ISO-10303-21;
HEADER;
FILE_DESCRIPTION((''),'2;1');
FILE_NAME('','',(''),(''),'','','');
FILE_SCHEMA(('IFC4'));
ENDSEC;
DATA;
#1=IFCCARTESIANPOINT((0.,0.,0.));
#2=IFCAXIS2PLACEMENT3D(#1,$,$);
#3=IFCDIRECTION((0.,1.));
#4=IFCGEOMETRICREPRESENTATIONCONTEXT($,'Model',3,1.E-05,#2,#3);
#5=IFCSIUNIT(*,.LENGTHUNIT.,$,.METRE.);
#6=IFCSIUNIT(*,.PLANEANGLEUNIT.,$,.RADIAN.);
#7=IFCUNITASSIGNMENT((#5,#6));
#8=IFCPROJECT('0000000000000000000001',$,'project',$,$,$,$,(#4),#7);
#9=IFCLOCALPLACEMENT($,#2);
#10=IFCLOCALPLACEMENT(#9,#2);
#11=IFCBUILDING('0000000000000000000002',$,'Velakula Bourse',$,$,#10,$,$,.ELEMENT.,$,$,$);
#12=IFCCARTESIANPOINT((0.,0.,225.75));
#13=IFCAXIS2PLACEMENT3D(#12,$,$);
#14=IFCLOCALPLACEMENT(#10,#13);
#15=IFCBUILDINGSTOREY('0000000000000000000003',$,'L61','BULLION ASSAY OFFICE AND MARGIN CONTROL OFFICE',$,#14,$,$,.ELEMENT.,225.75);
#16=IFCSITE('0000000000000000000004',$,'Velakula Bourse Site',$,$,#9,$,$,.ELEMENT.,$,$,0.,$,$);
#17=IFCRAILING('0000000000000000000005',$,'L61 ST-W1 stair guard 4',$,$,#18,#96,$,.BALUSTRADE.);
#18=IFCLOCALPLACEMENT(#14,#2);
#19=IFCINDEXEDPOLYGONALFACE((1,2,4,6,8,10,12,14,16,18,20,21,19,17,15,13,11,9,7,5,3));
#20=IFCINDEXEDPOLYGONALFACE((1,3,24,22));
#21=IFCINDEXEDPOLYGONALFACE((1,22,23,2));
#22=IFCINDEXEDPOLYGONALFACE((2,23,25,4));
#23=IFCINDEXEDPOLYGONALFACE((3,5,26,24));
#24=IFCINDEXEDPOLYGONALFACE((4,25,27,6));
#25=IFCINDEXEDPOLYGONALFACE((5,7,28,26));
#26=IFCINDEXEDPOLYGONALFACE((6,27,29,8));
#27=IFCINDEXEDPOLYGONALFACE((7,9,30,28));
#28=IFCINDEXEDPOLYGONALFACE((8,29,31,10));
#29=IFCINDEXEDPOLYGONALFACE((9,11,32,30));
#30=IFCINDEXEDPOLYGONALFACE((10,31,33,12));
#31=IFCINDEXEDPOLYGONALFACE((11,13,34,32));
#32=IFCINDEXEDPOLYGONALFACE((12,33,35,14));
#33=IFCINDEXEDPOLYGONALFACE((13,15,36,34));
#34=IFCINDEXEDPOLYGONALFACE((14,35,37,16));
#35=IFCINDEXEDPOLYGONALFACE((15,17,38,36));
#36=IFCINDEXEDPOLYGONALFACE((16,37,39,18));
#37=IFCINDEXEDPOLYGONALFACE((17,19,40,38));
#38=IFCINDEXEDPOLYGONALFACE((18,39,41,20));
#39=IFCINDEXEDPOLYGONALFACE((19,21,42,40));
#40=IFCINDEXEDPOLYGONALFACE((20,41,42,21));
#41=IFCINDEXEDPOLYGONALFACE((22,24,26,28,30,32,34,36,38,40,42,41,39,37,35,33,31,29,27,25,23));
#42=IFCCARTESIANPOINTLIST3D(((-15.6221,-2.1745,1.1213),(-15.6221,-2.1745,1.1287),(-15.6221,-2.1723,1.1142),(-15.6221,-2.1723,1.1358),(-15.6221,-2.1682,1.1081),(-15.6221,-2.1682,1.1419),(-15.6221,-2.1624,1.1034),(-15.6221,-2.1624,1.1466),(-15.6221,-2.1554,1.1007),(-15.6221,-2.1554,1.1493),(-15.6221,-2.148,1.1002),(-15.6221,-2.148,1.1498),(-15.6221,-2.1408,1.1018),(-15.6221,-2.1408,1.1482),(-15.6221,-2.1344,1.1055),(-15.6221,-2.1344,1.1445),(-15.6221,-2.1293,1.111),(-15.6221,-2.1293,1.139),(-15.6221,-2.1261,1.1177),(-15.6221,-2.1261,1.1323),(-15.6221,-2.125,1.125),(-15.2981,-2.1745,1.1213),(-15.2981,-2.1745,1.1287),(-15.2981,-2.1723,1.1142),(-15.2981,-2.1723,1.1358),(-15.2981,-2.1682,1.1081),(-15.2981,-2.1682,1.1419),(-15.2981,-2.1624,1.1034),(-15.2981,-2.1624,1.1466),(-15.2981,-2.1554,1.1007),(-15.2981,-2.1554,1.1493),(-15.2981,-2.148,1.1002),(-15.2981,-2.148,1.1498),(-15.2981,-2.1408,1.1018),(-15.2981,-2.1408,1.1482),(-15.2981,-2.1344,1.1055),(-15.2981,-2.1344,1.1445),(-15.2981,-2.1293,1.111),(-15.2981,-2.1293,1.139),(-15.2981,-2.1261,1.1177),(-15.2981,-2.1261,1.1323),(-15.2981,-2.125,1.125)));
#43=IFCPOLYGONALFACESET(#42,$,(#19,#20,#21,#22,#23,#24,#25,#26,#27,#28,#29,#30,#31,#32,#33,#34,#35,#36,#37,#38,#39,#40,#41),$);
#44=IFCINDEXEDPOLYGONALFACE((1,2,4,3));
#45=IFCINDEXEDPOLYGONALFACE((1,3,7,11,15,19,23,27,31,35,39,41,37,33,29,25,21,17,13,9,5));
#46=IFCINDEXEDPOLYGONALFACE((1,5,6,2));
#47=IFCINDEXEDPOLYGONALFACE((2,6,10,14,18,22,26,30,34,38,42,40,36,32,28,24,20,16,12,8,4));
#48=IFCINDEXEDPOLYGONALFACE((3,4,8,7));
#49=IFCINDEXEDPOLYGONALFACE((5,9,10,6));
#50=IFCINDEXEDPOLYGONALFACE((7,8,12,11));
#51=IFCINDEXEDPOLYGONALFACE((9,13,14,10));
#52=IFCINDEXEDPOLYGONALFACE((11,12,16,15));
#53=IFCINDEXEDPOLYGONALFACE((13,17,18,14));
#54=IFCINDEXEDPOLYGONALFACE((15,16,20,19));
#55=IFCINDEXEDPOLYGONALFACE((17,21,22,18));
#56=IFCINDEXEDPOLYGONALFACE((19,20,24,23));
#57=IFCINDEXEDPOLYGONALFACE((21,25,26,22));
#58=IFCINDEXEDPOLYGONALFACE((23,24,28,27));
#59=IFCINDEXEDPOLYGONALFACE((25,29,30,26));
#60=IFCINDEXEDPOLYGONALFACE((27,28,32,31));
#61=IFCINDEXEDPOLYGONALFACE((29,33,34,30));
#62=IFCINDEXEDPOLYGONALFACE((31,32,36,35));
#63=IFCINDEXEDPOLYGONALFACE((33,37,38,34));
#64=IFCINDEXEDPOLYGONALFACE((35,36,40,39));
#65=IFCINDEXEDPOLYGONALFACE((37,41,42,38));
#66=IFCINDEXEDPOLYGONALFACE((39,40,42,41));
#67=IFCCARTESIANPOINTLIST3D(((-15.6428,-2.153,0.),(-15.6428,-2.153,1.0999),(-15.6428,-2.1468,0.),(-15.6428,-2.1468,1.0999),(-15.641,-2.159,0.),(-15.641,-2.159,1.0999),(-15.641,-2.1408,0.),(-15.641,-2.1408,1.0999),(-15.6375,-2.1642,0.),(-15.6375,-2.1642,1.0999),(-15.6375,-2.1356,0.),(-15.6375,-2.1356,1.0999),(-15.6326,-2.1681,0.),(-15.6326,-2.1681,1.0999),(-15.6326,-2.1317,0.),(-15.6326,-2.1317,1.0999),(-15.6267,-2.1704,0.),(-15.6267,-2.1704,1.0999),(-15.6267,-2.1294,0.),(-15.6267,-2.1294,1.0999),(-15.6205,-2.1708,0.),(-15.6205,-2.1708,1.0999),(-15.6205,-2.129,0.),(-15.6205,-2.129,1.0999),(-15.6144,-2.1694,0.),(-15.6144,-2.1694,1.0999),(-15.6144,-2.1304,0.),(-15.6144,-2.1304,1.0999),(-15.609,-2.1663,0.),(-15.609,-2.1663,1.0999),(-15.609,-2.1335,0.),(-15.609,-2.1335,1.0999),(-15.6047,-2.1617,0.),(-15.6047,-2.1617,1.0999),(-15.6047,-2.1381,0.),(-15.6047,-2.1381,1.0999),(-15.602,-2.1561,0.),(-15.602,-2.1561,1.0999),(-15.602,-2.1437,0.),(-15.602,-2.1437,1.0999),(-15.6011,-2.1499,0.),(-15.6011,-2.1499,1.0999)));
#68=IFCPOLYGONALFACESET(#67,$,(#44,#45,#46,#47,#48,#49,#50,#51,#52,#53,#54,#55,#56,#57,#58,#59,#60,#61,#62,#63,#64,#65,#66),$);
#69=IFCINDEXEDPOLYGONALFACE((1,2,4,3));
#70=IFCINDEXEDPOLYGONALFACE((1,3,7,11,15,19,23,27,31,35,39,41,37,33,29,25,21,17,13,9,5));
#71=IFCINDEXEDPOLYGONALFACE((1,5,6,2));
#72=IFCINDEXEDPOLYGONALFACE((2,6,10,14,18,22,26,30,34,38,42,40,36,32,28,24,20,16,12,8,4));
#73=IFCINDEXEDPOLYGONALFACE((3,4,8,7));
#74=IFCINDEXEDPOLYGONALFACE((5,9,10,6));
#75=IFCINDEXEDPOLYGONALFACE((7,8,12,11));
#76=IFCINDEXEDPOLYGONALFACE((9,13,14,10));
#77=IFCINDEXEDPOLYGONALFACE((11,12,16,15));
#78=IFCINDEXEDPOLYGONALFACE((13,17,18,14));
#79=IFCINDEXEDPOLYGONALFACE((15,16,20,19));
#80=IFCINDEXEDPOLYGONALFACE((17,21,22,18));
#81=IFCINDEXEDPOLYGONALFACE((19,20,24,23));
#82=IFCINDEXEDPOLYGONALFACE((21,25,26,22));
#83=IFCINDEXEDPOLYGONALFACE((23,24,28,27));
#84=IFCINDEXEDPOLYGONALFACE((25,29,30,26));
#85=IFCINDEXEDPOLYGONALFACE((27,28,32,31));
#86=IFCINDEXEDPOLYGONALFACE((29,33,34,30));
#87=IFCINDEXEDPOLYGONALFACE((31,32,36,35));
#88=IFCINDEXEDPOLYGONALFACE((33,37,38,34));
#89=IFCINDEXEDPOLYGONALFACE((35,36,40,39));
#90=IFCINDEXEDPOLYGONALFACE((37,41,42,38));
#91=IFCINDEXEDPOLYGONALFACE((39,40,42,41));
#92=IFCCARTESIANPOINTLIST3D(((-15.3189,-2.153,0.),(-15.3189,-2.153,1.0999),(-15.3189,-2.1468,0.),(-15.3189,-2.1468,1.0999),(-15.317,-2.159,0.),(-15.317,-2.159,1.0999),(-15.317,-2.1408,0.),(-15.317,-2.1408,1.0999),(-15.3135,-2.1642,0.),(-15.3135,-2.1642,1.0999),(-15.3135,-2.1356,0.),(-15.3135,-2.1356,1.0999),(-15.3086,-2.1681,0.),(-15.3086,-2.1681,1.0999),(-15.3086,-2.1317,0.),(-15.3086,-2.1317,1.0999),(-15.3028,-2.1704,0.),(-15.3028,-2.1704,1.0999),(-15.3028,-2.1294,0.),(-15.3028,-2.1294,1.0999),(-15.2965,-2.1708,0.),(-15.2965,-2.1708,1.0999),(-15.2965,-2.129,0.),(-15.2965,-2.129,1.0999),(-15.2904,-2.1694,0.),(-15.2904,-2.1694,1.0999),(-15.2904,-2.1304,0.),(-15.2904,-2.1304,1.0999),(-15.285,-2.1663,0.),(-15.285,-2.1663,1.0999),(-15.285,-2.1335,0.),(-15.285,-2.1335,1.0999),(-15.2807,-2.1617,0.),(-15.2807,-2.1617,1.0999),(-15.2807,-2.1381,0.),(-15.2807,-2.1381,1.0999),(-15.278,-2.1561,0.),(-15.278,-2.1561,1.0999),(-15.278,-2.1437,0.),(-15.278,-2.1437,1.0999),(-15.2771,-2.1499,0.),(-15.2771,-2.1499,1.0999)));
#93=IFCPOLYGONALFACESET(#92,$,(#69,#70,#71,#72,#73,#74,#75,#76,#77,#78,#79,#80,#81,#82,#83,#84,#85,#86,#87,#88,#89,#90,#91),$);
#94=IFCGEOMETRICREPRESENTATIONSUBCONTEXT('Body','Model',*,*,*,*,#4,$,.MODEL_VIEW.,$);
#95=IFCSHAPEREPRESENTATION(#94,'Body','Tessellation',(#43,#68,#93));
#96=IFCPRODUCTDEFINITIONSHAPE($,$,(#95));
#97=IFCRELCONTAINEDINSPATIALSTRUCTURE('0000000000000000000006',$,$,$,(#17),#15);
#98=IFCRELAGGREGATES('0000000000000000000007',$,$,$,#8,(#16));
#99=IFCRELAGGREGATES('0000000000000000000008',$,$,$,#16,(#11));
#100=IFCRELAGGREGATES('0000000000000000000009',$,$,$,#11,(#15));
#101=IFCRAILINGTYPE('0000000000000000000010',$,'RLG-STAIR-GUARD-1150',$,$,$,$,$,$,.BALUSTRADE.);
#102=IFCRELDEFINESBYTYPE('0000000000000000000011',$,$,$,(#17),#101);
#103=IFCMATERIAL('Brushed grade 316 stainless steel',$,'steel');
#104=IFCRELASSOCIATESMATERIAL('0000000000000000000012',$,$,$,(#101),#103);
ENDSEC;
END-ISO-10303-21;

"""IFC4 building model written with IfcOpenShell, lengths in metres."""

from ifc_helpers import new_model, si_unit, direction, frame, origin, origin_2d, place, context, subcontext, project, spatial, circle, extrude, material, type_object, element, save


model = new_model("IFC4")

# Units and contexts
model_context = context("Model", 3, precision=1e-05, world=origin(), true_north=direction((0.0, 1.0)))
body_context = subcontext(model_context, "Body", "Model", "MODEL_VIEW")
ifc_project = project(units=[si_unit("LENGTHUNIT", "METRE"), si_unit("PLANEANGLEUNIT", "RADIAN")], contexts=[model_context])

# Site, building, storey
site_placement = place(None, origin())
site = spatial("IfcSite", under=ifc_project, at=site_placement, Name="Velakula Bourse Site", CompositionType="ELEMENT", RefElevation=0.0)
building_placement = place(site_placement, origin())
building = spatial("IfcBuilding", under=site, at=building_placement, Name="Velakula Bourse", CompositionType="ELEMENT")
storey_placement = place(building_placement, frame((0.0, 0.0, 225.75)))
storey = spatial("IfcBuildingStorey", under=building, at=storey_placement, Name="L61", Description="BULLION ASSAY OFFICE AND MARGIN CONTROL OFFICE", CompositionType="ELEMENT", Elevation=225.75)

# Shared definitions
ifc_material_1 = material(Name="Brushed grade 316 stainless steel", Category="steel")

# Railing
railing_type_1 = type_object("IfcRailingType", Name="RLG-STAIR-GUARD-1150", PredefinedType="BALUSTRADE", material=ifc_material_1)
railing_1_placement = place(storey_placement, frame((-15.6221, -2.1499, 0.0)))
element("IfcRailing", 1, at=railing_1_placement, inside=storey, type_object=railing_type_1, Name="L61 ST-W1 stair guard 4", PredefinedType="BALUSTRADE", context=body_context, shape_type="SweptSolid", body=[
    extrude(circle(Radius=0.0249, at=origin_2d()), frame((0.0, 0.0, 1.125), z_axis=(1.0, 0.0, 0.0), x_axis=(0.0, 1.0, 0.0)), (0.0, 0.0, 1.0), 0.324),
    extrude(circle(Radius=0.021, at=origin_2d()), origin(), (0.0, 0.0, 1.0), 1.0999),
    extrude(circle(Radius=0.021, at=origin_2d()), frame((0.324, 0.0, 0.0)), (0.0, 0.0, 1.0), 1.0999),
])

save(model, "model.ifc")
